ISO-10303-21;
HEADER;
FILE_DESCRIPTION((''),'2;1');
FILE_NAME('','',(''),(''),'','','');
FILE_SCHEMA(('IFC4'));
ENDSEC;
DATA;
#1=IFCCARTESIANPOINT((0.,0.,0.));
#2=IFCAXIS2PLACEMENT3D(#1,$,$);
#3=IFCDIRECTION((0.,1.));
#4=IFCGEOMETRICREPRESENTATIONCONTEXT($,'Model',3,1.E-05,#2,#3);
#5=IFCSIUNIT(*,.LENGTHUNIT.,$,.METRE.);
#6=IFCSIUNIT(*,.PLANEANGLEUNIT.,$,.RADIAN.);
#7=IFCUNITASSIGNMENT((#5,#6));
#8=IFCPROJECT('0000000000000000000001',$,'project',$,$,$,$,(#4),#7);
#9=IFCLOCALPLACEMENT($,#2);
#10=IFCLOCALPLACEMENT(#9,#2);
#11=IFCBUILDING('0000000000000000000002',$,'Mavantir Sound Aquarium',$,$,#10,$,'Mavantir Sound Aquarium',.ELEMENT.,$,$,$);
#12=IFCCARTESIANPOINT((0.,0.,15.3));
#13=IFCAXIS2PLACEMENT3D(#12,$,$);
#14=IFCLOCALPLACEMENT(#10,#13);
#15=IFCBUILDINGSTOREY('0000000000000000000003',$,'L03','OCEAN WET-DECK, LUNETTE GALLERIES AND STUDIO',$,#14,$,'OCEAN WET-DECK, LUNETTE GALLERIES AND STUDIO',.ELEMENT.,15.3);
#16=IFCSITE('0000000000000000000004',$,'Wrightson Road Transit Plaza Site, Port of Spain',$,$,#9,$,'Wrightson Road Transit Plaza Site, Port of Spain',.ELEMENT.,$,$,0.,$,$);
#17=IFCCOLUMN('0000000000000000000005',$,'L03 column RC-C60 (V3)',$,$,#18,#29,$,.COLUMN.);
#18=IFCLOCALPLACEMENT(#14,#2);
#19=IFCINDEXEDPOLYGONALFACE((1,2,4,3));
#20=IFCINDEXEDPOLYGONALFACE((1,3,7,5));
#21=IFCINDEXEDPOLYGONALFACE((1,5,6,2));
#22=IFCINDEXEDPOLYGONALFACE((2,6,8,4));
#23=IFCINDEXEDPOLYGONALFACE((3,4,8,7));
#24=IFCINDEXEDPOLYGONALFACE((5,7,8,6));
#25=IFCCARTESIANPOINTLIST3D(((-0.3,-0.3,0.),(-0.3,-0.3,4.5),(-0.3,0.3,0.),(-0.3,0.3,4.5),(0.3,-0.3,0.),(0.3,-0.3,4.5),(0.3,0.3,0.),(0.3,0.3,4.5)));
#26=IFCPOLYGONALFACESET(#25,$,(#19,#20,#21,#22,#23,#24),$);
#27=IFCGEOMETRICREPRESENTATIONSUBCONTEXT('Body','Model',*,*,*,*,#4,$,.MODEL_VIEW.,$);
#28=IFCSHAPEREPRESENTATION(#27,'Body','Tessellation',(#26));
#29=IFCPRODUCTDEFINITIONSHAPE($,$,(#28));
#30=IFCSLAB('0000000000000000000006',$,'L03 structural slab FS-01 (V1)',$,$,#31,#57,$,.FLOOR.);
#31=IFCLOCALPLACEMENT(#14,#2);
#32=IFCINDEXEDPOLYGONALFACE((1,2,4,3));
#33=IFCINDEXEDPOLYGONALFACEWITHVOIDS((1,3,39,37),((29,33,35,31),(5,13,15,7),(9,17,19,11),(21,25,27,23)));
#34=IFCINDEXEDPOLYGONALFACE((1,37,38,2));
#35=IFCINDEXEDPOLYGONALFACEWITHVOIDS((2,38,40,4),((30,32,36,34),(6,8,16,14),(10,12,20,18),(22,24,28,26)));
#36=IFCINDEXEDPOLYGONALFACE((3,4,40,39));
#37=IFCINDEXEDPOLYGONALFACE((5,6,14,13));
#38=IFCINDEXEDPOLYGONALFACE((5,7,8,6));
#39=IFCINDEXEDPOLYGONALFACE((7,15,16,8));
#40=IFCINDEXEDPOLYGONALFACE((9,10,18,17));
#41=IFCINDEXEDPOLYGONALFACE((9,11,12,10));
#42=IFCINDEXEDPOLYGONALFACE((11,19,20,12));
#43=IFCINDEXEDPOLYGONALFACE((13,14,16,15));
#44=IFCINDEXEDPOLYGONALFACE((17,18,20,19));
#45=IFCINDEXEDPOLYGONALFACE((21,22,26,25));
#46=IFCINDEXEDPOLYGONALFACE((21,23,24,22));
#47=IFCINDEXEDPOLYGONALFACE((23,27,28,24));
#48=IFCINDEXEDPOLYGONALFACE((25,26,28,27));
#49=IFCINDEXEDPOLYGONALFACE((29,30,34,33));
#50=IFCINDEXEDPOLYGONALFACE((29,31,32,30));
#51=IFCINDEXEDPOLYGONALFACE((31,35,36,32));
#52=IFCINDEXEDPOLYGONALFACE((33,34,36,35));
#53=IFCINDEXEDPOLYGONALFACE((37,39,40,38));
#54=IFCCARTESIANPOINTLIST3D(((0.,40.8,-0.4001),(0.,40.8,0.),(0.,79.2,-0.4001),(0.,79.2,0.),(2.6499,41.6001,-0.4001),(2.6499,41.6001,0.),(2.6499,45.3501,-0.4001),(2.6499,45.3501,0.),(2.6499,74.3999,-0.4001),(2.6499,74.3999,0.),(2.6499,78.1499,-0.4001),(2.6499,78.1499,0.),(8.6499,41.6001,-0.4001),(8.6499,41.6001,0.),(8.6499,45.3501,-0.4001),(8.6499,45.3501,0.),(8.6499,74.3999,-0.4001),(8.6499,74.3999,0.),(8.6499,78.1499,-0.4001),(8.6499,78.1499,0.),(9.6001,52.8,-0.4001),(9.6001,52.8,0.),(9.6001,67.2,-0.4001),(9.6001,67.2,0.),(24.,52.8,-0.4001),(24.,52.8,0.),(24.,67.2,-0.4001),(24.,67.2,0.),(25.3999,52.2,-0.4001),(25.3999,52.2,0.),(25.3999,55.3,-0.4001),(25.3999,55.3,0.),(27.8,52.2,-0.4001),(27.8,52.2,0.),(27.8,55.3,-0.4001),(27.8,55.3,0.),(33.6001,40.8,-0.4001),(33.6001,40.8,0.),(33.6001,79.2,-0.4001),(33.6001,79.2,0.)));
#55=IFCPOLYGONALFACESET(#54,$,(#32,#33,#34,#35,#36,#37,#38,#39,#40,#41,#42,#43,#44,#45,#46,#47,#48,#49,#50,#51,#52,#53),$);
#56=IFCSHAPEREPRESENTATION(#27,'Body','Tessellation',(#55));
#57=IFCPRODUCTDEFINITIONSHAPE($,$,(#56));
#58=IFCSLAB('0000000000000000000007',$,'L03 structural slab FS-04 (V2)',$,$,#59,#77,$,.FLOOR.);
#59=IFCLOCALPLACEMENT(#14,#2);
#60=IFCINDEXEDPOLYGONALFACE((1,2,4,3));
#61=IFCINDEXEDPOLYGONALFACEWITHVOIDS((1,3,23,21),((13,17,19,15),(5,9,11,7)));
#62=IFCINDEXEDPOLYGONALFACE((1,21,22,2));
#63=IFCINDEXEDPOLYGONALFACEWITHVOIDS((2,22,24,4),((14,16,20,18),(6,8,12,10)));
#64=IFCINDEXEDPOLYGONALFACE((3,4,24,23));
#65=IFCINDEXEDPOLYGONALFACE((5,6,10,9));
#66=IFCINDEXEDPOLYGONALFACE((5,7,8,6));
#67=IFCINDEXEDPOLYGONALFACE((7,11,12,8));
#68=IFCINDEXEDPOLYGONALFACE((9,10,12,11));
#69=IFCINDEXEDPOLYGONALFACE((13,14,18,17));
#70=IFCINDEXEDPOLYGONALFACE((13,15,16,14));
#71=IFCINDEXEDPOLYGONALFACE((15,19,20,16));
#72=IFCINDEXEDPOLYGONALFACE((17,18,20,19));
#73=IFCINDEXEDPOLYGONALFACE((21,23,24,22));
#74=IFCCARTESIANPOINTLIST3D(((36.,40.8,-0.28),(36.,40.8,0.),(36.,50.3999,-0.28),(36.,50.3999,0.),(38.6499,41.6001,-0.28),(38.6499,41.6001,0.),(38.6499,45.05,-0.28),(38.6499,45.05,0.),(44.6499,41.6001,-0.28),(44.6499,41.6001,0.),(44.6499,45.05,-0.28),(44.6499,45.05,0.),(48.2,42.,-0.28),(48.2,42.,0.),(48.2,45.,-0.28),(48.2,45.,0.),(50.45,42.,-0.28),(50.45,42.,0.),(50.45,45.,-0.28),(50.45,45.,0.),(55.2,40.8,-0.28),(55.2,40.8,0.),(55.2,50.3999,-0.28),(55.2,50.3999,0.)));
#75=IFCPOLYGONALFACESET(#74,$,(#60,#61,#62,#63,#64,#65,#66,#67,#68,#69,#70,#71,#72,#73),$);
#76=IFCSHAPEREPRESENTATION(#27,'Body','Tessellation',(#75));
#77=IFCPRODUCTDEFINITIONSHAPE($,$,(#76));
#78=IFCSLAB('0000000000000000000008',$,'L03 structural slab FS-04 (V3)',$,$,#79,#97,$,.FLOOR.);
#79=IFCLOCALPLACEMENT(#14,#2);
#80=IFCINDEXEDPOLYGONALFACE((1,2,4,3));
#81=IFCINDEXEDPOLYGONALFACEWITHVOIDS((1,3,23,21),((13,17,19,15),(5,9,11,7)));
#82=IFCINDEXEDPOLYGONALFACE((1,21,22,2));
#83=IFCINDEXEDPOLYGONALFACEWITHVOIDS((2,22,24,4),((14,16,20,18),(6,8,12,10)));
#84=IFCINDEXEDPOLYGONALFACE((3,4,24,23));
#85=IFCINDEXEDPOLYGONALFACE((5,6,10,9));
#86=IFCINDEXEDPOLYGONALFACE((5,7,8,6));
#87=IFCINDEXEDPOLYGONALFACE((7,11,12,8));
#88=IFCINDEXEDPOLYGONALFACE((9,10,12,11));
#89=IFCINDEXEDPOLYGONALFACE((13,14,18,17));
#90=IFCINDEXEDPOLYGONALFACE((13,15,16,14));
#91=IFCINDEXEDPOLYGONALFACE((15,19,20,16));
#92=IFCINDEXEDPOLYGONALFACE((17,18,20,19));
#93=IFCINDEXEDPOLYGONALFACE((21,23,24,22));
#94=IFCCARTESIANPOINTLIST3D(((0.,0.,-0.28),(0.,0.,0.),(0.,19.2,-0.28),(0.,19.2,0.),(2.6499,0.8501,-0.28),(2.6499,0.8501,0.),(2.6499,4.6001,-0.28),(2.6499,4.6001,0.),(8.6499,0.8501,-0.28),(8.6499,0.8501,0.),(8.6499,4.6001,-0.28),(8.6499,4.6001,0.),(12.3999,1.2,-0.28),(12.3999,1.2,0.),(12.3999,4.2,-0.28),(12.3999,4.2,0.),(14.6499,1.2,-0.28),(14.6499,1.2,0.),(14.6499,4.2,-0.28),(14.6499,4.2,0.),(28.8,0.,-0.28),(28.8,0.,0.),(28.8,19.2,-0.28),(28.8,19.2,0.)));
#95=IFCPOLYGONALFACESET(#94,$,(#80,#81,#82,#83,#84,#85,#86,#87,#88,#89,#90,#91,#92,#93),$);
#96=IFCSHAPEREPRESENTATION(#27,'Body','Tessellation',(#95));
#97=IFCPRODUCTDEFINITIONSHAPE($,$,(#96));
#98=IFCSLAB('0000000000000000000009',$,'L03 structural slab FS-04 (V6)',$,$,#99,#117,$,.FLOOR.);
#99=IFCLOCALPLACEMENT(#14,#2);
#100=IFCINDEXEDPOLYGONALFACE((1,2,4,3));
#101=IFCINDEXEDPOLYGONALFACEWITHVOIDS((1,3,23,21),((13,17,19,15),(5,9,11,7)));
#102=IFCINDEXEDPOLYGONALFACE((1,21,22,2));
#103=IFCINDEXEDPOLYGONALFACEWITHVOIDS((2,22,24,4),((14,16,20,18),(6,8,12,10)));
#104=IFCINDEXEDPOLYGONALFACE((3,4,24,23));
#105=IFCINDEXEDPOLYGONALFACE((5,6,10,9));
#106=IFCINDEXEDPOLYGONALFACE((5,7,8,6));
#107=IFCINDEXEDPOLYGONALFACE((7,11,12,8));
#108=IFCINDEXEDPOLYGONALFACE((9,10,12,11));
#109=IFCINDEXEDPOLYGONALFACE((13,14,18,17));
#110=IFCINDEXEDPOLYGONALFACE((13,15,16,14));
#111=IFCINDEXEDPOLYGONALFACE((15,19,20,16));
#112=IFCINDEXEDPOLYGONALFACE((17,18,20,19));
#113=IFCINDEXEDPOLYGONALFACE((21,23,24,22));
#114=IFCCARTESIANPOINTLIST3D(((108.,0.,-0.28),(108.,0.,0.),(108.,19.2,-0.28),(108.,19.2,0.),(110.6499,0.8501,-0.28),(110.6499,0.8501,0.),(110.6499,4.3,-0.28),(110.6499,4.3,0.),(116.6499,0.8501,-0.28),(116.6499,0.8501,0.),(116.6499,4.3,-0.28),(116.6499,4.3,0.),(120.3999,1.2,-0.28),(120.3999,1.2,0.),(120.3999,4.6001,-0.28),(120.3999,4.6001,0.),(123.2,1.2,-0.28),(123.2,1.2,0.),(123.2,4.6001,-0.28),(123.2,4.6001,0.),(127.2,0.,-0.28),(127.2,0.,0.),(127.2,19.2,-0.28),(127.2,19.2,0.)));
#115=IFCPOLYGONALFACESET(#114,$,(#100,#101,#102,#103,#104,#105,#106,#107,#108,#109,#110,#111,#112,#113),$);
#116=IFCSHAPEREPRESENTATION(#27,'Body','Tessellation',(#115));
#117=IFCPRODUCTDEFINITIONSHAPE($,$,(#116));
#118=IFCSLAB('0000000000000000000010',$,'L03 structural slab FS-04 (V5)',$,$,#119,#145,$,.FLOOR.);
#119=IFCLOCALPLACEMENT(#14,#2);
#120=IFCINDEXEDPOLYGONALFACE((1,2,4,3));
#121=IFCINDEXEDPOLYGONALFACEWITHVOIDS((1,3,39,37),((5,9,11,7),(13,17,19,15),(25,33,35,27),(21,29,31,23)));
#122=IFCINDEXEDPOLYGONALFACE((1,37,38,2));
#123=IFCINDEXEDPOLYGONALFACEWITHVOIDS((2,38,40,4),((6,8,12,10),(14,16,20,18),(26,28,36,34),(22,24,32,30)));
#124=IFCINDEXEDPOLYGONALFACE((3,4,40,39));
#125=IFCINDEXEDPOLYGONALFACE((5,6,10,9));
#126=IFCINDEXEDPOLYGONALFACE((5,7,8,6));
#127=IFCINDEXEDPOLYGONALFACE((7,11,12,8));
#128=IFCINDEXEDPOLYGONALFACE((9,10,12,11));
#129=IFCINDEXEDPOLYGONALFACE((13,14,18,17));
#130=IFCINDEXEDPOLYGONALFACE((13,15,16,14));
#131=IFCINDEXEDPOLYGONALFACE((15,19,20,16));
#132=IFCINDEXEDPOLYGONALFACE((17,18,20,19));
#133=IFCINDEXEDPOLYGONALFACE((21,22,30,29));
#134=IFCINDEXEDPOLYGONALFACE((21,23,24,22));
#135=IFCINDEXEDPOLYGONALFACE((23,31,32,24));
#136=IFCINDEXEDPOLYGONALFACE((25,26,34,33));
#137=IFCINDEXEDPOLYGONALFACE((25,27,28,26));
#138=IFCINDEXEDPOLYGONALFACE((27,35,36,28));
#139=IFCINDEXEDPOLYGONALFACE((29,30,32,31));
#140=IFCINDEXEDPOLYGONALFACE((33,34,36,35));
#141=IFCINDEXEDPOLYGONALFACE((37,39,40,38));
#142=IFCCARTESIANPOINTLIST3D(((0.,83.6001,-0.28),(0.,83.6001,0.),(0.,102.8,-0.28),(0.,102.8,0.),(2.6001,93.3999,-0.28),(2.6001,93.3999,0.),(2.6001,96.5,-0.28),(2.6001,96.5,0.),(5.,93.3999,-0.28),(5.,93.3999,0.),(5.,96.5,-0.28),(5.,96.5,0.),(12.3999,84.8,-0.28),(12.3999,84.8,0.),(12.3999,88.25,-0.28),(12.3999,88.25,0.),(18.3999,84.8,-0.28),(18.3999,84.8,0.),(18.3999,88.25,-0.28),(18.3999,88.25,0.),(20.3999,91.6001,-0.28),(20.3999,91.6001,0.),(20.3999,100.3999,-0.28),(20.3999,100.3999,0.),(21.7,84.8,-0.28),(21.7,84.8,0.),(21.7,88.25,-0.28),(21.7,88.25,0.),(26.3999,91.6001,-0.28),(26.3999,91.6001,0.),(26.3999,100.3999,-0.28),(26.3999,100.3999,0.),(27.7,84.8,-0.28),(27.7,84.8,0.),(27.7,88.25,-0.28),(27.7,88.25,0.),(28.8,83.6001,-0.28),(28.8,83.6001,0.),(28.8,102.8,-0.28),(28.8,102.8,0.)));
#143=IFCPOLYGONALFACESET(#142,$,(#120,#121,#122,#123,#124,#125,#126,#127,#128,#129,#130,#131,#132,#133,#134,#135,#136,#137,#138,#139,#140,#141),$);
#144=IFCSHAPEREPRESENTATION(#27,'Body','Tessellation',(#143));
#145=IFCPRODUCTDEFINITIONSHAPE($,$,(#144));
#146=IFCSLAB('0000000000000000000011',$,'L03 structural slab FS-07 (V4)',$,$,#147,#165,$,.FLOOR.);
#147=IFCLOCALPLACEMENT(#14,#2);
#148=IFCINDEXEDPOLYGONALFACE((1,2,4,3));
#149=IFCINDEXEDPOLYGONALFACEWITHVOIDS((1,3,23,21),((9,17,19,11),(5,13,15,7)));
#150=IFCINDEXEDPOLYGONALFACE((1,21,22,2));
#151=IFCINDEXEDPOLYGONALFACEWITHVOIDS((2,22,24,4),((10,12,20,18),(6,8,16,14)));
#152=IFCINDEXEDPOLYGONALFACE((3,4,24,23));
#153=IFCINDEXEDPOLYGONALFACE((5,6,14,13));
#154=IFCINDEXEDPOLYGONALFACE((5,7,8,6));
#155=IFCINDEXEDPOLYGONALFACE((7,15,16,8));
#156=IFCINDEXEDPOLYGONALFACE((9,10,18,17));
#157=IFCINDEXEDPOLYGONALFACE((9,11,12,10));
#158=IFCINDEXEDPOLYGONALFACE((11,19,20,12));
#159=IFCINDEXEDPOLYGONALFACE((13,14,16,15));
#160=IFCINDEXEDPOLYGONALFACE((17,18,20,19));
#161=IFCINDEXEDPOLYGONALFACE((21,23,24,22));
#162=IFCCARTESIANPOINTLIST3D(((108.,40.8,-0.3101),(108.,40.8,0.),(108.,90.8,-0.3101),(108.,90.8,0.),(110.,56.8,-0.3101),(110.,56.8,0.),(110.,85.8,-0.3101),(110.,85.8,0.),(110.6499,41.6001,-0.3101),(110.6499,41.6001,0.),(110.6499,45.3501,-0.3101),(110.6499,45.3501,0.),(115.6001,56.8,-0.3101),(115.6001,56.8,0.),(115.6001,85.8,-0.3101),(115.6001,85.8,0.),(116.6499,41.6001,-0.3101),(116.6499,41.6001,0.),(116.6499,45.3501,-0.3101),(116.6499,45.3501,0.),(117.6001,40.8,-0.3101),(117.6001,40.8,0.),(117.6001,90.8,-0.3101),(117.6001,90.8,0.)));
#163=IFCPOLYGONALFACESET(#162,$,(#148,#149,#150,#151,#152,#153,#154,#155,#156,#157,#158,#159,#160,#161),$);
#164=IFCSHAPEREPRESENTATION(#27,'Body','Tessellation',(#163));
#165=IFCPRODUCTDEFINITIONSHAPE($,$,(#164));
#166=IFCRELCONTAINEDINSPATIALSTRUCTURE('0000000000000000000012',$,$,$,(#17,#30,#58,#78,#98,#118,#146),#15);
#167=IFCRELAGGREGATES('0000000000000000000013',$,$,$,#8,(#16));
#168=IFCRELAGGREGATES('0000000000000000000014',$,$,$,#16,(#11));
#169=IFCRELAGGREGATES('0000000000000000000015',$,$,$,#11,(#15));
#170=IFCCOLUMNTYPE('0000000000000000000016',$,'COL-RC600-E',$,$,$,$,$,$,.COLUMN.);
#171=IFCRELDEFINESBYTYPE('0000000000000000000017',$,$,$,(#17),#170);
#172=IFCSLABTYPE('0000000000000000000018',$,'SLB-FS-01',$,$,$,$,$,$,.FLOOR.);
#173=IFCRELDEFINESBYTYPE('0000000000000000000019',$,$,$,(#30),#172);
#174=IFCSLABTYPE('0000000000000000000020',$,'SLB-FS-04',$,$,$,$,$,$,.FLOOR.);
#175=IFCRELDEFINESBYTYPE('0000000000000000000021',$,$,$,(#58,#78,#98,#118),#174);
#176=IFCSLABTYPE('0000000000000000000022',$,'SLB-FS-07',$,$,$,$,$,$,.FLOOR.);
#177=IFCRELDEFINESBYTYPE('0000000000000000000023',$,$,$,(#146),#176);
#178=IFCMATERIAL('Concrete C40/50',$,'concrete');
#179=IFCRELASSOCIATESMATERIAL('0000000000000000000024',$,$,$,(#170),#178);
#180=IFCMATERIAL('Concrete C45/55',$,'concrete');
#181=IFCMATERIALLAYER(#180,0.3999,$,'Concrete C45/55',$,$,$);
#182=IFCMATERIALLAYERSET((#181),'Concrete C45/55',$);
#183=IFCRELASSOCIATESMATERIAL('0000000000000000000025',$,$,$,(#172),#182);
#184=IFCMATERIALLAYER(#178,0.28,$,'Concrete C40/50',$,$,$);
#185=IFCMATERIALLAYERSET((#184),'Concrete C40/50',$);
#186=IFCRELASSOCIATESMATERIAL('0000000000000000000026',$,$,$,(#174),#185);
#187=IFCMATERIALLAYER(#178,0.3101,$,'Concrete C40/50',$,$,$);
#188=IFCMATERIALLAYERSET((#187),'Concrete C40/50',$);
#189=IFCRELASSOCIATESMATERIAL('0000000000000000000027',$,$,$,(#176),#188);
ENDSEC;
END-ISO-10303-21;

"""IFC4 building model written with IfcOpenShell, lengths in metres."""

from ifc_helpers import new_model, si_unit, direction, frame, origin, origin_with_axes, origin_2d, place, context, subcontext, project, spatial, polyline, rectangle, outline, extrude, material, layer, layer_set, material_profile, profile_set, type_object, element, save


model = new_model("IFC4")

# Units and contexts
model_context = context("Model", 3, precision=1e-05, world=origin(), true_north=direction((0.0, 1.0)))
body_context = subcontext(model_context, "Body", "Model", "MODEL_VIEW")
ifc_project = project(units=[si_unit("LENGTHUNIT", "METRE"), si_unit("PLANEANGLEUNIT", "RADIAN")], contexts=[model_context])

# Site, building, storey
site_placement = place(None, origin())
site = spatial("IfcSite", under=ifc_project, at=site_placement, Name="Wrightson Road Transit Plaza Site, Port of Spain", LongName="Wrightson Road Transit Plaza Site, Port of Spain", CompositionType="ELEMENT", RefElevation=0.0)
building_placement = place(site_placement, origin())
building = spatial("IfcBuilding", under=site, at=building_placement, Name="Mavantir Sound Aquarium", LongName="Mavantir Sound Aquarium", CompositionType="ELEMENT")
storey_placement = place(building_placement, frame((0.0, 0.0, 15.3)))
storey = spatial("IfcBuildingStorey", under=building, at=storey_placement, Name="L03", Description="OCEAN WET-DECK, LUNETTE GALLERIES AND STUDIO", LongName="OCEAN WET-DECK, LUNETTE GALLERIES AND STUDIO", CompositionType="ELEMENT", Elevation=15.3)

# Column
ifc_material_1 = material(Name="Concrete C40/50", Category="concrete")
ifc_material_profile = material_profile(ifc_material_1, rectangle(XDim=0.6001, YDim=0.6001, at=origin_2d()), Name="RC 600X600")
ifc_profile_set = profile_set([ifc_material_profile], Name="Concrete C40/50")
column_type = type_object("IfcColumnType", Name="COL-RC600-E", PredefinedType="COLUMN", material=ifc_profile_set)
column_placement = place(storey_placement, origin_with_axes())
element("IfcColumn", 1, at=column_placement, inside=storey, type_object=column_type, Name="L03 column RC-C60 (V3)", PredefinedType="COLUMN", context=body_context, shape_type="SweptSolid", body=[
    extrude(rectangle(XDim=0.6001, YDim=0.6001, at=origin_2d()), origin(), (0.0, 0.0, 1.0), 4.5),
])

# Slabs
ifc_material_2 = material(Name="Concrete C45/55", Category="concrete")
ifc_layer_1 = layer(ifc_material_2, 0.3999, Name="Concrete C45/55")
ifc_layer_set_1 = layer_set([ifc_layer_1], Name="Concrete C45/55")
slab_type_1 = type_object("IfcSlabType", Name="SLB-FS-01", PredefinedType="FLOOR", material=ifc_layer_set_1)
slab_1_placement = place(storey_placement, frame((0.0, 0.0, -0.4001)))
element("IfcSlab", 2, at=slab_1_placement, inside=storey, type_object=slab_type_1, Name="L03 structural slab FS-01 (V1)", PredefinedType="FLOOR", context=body_context, shape_type="SweptSolid", body=[
    extrude(outline(polyline([(33.6001, 40.8), (33.6001, 79.2), (0.0, 79.2), (0.0, 40.8), (33.6001, 40.8)]), holes=[polyline([(9.6001, 52.8), (24.0, 52.8), (24.0, 67.2), (9.6001, 67.2), (9.6001, 52.8)]), polyline([(2.6499, 41.6001), (8.6499, 41.6001), (8.6499, 45.3501), (2.6499, 45.3501), (2.6499, 41.6001)]), polyline([(2.6499, 74.3999), (8.6499, 74.3999), (8.6499, 78.1499), (2.6499, 78.1499), (2.6499, 74.3999)]), polyline([(25.3999, 52.2), (27.8, 52.2), (27.8, 55.3), (25.3999, 55.3), (25.3999, 52.2)])]), origin(), (0.0, 0.0, 1.0), 0.4001),
])
ifc_layer_2 = layer(ifc_material_1, 0.28, Name="Concrete C40/50")
ifc_layer_set_2 = layer_set([ifc_layer_2], Name="Concrete C40/50")
slab_type_2 = type_object("IfcSlabType", Name="SLB-FS-04", PredefinedType="FLOOR", material=ifc_layer_set_2)
slab_2_placement = place(storey_placement, frame((0.0, 0.0, -0.28)))
element("IfcSlab", 3, at=slab_2_placement, inside=storey, type_object=slab_type_2, Name="L03 structural slab FS-04 (V2)", PredefinedType="FLOOR", context=body_context, shape_type="SweptSolid", body=[
    extrude(outline(polyline([(55.2, 40.8), (55.2, 50.3999), (36.0, 50.3999), (36.0, 40.8), (55.2, 40.8)]), holes=[polyline([(38.6499, 41.6001), (44.6499, 41.6001), (44.6499, 45.05), (38.6499, 45.05), (38.6499, 41.6001)]), polyline([(48.2, 42.0), (50.45, 42.0), (50.45, 45.0), (48.2, 45.0), (48.2, 42.0)])]), origin(), (0.0, 0.0, 1.0), 0.28),
])
slab_3_placement = place(storey_placement, frame((0.0, 0.0, -0.28)))
element("IfcSlab", 4, at=slab_3_placement, inside=storey, type_object=slab_type_2, Name="L03 structural slab FS-04 (V3)", PredefinedType="FLOOR", context=body_context, shape_type="SweptSolid", body=[
    extrude(outline(polyline([(28.8, 0.0), (28.8, 19.2), (0.0, 19.2), (0.0, 0.0), (28.8, 0.0)]), holes=[polyline([(2.6499, 0.8501), (8.6499, 0.8501), (8.6499, 4.6001), (2.6499, 4.6001), (2.6499, 0.8501)]), polyline([(12.3999, 1.2), (14.6499, 1.2), (14.6499, 4.2), (12.3999, 4.2), (12.3999, 1.2)])]), origin(), (0.0, 0.0, 1.0), 0.28),
])
slab_4_placement = place(storey_placement, frame((0.0, 0.0, -0.28)))
element("IfcSlab", 5, at=slab_4_placement, inside=storey, type_object=slab_type_2, Name="L03 structural slab FS-04 (V6)", PredefinedType="FLOOR", context=body_context, shape_type="SweptSolid", body=[
    extrude(outline(polyline([(127.2, 0.0), (127.2, 19.2), (108.0, 19.2), (108.0, 0.0), (127.2, 0.0)]), holes=[polyline([(110.6499, 0.8501), (116.6499, 0.8501), (116.6499, 4.3), (110.6499, 4.3), (110.6499, 0.8501)]), polyline([(120.3999, 1.2), (123.2, 1.2), (123.2, 4.6001), (120.3999, 4.6001), (120.3999, 1.2)])]), origin(), (0.0, 0.0, 1.0), 0.28),
])
slab_5_placement = place(storey_placement, frame((0.0, 0.0, -0.28)))
element("IfcSlab", 6, at=slab_5_placement, inside=storey, type_object=slab_type_2, Name="L03 structural slab FS-04 (V5)", PredefinedType="FLOOR", context=body_context, shape_type="SweptSolid", body=[
    extrude(outline(polyline([(28.8, 83.6001), (28.8, 102.8), (0.0, 102.8), (0.0, 83.6001), (28.8, 83.6001)]), holes=[polyline([(20.3999, 91.6001), (26.3999, 91.6001), (26.3999, 100.3999), (20.3999, 100.3999), (20.3999, 91.6001)]), polyline([(12.3999, 84.8), (18.3999, 84.8), (18.3999, 88.25), (12.3999, 88.25), (12.3999, 84.8)]), polyline([(21.7, 84.8), (27.7, 84.8), (27.7, 88.25), (21.7, 88.25), (21.7, 84.8)]), polyline([(2.6001, 93.3999), (5.0, 93.3999), (5.0, 96.5), (2.6001, 96.5), (2.6001, 93.3999)])]), origin(), (0.0, 0.0, 1.0), 0.28),
])
ifc_layer_3 = layer(ifc_material_1, 0.3101, Name="Concrete C40/50")
ifc_layer_set_3 = layer_set([ifc_layer_3], Name="Concrete C40/50")
slab_type_3 = type_object("IfcSlabType", Name="SLB-FS-07", PredefinedType="FLOOR", material=ifc_layer_set_3)
slab_6_placement = place(storey_placement, frame((0.0, 0.0, -0.3101)))
element("IfcSlab", 7, at=slab_6_placement, inside=storey, type_object=slab_type_3, Name="L03 structural slab FS-07 (V4)", PredefinedType="FLOOR", context=body_context, shape_type="SweptSolid", body=[
    extrude(outline(polyline([(117.6001, 40.8), (117.6001, 90.8), (108.0, 90.8), (108.0, 40.8), (117.6001, 40.8)]), holes=[polyline([(110.0, 56.8), (115.6001, 56.8), (115.6001, 85.8), (110.0, 85.8), (110.0, 56.8)]), polyline([(110.6499, 41.6001), (116.6499, 41.6001), (116.6499, 45.3501), (110.6499, 45.3501), (110.6499, 41.6001)])]), origin(), (0.0, 0.0, 1.0), 0.3101),
])

save(model, "model.ifc")
